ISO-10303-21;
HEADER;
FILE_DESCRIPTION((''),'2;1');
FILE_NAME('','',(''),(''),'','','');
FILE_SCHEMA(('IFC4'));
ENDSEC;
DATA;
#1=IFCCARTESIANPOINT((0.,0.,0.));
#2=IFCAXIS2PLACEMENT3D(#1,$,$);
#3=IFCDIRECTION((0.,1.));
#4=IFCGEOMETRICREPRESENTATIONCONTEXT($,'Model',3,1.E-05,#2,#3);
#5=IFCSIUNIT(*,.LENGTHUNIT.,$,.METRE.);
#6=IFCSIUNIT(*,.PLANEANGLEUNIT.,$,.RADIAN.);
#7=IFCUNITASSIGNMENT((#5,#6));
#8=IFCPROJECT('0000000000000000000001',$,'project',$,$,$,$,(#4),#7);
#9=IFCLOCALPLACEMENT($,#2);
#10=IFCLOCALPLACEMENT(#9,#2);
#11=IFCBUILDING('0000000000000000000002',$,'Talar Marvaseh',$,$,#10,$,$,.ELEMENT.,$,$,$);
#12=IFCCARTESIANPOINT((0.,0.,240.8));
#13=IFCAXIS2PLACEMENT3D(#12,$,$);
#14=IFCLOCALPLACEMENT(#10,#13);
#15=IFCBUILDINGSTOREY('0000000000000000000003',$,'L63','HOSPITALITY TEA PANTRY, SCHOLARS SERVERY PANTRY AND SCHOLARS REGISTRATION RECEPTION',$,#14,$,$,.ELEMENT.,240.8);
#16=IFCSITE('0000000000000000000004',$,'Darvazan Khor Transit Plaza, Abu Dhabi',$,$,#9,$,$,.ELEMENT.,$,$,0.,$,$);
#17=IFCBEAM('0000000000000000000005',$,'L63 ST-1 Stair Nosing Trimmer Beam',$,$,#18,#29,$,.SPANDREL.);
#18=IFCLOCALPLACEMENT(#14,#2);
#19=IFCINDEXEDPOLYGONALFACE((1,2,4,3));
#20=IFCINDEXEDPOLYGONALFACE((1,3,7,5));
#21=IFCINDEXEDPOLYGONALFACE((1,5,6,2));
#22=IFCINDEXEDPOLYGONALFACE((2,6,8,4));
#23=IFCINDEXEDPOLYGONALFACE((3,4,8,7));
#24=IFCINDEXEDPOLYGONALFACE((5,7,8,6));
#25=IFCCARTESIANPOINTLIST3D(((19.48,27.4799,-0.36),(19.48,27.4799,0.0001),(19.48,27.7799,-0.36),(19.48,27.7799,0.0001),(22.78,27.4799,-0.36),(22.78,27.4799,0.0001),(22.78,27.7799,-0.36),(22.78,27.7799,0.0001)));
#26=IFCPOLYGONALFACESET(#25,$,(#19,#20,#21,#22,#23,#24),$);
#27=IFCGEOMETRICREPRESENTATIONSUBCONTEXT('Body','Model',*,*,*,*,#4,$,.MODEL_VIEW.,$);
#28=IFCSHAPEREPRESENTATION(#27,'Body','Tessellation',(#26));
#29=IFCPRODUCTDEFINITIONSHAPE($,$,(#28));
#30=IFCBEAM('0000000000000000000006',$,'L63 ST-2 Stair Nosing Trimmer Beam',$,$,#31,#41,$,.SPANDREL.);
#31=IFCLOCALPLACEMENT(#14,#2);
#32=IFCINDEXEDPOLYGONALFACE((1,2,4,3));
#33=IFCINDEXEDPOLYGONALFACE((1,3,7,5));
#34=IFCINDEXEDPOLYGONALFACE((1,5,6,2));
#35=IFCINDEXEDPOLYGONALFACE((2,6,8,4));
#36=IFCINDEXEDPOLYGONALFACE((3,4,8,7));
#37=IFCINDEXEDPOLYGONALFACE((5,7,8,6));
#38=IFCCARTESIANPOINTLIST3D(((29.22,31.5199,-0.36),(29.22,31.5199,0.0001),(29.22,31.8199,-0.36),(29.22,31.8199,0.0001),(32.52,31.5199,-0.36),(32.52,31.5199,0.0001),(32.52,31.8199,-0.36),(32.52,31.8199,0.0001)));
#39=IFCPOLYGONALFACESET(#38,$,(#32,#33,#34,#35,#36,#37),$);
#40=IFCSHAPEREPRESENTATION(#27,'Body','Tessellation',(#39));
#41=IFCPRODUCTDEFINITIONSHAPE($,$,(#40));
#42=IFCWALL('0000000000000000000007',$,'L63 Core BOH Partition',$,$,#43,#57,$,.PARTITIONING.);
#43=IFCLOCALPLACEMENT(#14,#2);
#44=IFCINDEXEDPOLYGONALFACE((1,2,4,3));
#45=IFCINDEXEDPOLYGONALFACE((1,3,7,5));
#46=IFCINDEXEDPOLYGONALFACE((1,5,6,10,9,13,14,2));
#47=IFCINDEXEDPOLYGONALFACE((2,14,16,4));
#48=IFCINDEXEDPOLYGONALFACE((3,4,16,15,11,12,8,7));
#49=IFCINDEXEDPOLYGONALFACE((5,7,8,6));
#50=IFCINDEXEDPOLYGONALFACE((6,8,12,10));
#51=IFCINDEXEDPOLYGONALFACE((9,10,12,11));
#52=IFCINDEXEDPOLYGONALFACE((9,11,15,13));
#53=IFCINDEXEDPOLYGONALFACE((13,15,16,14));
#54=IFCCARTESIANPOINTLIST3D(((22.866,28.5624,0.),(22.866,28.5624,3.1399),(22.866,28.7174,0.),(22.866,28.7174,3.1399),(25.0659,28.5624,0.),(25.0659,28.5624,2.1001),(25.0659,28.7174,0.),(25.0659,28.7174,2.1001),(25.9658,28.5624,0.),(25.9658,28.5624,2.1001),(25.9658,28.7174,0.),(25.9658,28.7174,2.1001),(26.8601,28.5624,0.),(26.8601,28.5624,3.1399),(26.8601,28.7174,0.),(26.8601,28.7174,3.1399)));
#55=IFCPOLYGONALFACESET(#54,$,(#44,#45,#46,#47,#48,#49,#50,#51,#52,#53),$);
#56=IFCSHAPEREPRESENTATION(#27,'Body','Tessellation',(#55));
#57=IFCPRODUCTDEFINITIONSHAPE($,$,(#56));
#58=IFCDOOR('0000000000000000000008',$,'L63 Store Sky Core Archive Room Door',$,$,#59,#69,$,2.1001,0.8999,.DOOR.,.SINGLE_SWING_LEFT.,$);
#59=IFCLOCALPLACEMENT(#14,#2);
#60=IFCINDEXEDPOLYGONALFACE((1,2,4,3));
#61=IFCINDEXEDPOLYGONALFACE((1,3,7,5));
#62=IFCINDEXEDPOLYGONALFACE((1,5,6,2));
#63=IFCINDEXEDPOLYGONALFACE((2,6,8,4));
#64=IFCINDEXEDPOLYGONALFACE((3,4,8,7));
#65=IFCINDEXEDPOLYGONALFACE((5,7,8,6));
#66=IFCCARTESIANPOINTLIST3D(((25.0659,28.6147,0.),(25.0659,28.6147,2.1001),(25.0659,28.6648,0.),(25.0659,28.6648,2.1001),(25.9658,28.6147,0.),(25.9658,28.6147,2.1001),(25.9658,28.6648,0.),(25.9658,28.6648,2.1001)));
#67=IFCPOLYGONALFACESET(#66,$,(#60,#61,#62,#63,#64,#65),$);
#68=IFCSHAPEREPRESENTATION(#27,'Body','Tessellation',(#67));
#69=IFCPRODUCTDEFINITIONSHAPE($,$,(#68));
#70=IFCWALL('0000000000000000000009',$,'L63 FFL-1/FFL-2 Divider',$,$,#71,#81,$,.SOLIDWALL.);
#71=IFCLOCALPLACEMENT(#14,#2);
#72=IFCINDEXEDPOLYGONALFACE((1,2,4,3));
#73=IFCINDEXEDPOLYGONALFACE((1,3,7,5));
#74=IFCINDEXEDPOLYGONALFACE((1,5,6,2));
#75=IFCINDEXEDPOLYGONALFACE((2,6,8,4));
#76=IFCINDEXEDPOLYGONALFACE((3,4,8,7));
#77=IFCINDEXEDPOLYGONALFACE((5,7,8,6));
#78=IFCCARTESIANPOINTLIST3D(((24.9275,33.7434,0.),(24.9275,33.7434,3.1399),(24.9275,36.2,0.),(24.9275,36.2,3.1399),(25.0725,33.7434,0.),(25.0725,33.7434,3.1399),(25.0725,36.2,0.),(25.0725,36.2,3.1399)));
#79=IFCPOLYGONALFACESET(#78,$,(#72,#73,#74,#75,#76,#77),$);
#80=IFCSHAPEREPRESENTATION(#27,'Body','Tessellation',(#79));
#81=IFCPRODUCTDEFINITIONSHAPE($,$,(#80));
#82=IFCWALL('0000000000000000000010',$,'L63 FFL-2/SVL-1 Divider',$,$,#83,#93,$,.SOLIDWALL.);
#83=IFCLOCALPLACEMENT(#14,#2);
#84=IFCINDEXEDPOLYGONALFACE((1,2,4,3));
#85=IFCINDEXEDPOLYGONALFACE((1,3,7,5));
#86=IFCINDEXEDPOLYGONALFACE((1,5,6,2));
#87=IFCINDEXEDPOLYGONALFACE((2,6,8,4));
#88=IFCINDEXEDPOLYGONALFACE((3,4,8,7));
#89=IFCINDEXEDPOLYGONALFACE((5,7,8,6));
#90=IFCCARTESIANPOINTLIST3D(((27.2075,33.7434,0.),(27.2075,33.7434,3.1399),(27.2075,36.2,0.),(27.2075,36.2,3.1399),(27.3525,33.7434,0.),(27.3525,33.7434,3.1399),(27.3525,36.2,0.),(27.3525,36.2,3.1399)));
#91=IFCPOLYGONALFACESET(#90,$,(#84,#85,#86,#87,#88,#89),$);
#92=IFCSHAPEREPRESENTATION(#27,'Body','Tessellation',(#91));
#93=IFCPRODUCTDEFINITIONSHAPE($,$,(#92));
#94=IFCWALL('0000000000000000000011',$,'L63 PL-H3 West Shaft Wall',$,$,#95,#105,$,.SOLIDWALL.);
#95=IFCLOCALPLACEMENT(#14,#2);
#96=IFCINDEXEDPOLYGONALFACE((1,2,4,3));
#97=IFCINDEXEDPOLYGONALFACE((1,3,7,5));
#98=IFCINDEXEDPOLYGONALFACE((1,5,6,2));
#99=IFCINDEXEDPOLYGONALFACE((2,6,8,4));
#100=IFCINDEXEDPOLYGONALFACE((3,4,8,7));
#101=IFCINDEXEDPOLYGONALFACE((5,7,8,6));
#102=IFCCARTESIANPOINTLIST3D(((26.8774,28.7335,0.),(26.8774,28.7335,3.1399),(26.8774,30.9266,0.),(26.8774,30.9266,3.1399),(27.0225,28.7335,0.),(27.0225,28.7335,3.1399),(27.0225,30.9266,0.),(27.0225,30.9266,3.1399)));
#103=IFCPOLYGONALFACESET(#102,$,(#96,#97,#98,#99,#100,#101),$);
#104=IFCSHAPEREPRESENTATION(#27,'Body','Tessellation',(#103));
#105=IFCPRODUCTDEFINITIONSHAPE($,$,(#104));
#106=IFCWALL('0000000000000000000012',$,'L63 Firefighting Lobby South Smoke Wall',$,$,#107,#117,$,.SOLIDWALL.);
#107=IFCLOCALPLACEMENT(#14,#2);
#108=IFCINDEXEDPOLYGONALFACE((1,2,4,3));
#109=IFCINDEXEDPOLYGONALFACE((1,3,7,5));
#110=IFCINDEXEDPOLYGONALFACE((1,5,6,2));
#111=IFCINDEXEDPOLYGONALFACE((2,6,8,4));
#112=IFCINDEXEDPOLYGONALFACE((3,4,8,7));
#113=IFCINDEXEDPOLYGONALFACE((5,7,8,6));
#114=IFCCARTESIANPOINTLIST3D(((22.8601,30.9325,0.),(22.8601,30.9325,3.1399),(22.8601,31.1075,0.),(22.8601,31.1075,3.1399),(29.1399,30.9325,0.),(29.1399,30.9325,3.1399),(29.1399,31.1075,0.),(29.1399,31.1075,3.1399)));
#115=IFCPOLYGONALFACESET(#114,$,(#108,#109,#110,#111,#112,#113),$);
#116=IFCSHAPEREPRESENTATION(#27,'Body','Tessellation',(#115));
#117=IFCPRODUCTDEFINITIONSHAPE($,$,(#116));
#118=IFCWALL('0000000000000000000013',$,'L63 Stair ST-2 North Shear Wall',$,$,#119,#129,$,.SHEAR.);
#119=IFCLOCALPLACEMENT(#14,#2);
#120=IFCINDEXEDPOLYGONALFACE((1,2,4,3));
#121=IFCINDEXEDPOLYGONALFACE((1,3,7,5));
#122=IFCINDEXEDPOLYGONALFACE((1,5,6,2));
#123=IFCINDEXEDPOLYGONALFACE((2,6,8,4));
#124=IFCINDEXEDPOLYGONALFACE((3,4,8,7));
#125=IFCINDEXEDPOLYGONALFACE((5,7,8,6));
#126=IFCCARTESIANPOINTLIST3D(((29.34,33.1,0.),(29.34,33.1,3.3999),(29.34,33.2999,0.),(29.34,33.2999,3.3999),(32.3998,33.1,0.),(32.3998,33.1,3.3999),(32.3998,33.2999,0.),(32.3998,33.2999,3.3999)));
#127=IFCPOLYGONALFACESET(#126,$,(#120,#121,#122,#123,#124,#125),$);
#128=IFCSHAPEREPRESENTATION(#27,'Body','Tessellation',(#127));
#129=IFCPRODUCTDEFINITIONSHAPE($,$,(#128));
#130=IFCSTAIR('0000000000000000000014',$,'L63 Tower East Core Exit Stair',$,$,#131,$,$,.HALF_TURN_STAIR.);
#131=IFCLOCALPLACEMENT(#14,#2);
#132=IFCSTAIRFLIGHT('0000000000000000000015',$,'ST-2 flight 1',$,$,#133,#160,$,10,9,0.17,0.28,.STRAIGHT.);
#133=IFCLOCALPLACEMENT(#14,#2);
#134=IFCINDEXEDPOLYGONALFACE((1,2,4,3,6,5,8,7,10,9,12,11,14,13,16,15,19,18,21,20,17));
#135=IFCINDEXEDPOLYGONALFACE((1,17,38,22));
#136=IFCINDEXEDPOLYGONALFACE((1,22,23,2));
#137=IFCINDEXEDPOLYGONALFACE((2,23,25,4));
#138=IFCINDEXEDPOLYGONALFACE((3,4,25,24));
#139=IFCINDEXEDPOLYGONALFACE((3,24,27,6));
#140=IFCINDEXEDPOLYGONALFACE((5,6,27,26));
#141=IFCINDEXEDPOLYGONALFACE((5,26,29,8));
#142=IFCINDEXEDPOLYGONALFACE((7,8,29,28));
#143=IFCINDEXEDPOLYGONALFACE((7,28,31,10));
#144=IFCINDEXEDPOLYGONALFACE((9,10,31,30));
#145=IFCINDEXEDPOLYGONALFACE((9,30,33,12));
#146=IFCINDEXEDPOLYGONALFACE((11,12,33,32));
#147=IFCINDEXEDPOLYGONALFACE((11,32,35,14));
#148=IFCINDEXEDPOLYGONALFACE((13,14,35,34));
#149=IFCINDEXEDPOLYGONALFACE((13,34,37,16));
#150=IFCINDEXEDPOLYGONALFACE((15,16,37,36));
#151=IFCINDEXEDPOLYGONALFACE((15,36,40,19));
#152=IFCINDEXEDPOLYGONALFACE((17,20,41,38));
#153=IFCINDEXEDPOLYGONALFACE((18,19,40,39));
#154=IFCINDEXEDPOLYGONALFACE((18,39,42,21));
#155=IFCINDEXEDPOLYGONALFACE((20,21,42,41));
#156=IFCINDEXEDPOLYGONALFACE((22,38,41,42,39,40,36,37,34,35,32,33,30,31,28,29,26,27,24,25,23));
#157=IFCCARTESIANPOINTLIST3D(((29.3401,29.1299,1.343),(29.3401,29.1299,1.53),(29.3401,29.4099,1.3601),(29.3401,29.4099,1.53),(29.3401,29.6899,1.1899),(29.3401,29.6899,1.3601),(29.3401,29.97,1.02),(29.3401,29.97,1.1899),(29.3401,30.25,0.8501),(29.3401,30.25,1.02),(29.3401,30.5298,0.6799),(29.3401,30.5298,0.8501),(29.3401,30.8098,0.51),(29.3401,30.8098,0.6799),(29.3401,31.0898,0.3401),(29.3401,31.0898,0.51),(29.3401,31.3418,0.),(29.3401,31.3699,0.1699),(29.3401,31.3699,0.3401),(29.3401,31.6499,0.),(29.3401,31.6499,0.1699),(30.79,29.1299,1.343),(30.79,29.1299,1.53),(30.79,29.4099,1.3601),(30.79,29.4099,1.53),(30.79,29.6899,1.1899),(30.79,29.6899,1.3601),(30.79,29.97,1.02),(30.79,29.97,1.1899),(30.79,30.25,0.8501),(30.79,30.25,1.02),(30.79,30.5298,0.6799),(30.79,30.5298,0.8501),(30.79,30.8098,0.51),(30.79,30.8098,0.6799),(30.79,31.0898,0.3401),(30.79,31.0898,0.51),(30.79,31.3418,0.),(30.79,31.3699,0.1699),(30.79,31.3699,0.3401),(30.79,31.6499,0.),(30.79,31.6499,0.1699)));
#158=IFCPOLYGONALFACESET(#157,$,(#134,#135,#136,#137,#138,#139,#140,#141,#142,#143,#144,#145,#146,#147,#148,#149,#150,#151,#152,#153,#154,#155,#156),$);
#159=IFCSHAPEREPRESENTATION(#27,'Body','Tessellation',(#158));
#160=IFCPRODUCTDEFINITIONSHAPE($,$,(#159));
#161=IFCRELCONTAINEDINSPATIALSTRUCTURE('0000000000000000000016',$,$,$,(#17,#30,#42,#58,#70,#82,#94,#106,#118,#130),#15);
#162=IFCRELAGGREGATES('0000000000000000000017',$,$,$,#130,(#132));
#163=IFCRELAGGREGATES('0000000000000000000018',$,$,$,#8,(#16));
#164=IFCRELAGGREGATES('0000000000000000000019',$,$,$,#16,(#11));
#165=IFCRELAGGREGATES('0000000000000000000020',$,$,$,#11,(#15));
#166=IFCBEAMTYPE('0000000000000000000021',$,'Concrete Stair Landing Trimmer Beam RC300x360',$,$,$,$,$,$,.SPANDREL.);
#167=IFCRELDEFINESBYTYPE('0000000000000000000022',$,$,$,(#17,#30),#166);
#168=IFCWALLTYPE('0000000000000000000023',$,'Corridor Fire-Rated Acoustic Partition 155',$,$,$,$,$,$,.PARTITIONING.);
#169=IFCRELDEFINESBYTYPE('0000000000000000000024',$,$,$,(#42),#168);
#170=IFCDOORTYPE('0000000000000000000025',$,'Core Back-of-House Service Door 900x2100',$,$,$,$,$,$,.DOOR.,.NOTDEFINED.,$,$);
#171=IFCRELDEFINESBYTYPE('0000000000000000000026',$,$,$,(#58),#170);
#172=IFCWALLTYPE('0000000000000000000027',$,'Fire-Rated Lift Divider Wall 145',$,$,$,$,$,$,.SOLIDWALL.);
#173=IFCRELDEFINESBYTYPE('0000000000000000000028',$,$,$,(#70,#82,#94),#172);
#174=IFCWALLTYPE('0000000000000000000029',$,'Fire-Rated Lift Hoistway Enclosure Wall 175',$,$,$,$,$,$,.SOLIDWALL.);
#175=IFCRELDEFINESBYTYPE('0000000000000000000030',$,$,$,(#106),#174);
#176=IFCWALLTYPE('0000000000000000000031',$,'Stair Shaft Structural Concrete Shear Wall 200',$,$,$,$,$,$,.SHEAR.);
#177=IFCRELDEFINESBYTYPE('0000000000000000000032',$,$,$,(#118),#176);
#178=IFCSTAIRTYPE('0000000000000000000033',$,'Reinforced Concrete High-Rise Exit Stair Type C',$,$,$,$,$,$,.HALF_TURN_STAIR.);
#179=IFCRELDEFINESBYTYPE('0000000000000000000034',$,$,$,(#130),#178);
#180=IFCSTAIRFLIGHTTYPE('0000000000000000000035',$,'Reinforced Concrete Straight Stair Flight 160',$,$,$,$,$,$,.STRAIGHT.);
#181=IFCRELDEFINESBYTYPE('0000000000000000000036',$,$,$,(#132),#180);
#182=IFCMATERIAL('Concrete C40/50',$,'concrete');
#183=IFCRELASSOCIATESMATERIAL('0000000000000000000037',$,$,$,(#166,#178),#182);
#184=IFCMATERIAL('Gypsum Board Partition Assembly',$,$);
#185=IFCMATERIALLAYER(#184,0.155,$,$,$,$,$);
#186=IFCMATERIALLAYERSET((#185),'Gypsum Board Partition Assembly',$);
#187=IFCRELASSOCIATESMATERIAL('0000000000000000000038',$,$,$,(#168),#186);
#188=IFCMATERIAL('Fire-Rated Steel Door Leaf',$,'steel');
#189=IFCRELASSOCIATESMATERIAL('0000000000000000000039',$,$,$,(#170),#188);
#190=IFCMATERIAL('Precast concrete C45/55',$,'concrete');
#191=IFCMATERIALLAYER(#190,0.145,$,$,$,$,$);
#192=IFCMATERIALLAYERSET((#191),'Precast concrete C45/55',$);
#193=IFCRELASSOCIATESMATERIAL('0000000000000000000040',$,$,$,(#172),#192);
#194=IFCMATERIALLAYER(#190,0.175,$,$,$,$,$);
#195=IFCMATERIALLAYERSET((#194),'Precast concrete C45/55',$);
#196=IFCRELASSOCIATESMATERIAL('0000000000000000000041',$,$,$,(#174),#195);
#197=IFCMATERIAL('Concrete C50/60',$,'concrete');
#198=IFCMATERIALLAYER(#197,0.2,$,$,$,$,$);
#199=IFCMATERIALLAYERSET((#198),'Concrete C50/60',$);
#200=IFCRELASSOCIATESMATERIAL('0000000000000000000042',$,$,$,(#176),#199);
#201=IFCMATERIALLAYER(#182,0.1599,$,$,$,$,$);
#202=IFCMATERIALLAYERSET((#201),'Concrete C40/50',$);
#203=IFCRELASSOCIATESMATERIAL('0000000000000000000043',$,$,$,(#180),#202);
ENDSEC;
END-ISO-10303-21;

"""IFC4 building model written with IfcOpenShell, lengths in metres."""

from ifc_helpers import new_model, si_unit, direction, frame, frame_2d, origin, origin_2d, place, context, subcontext, project, spatial, polyline, rectangle, outline, extrude, source, transform, mapped, material, layer, layer_set, material_profile, profile_set, type_object, type_shapes, element, fill, aggregate, save


model = new_model("IFC4")

# Units and contexts
model_context = context("Model", 3, precision=1e-05, world=origin(), true_north=direction((0.0, 1.0)))
body_context = subcontext(model_context, "Body", "Model", "MODEL_VIEW")
ifc_project = project(units=[si_unit("LENGTHUNIT", "METRE"), si_unit("PLANEANGLEUNIT", "RADIAN")], contexts=[model_context])

# Site, building, storey
site_placement = place(None, origin())
site = spatial("IfcSite", under=ifc_project, at=site_placement, Name="Darvazan Khor Transit Plaza, Abu Dhabi", CompositionType="ELEMENT", RefElevation=0.0)
building_placement = place(site_placement, origin())
building = spatial("IfcBuilding", under=site, at=building_placement, Name="Talar Marvaseh", CompositionType="ELEMENT")
storey_placement = place(building_placement, frame((0.0, 0.0, 240.8)))
storey = spatial("IfcBuildingStorey", under=building, at=storey_placement, Name="L63", Description="HOSPITALITY TEA PANTRY, SCHOLARS SERVERY PANTRY AND SCHOLARS REGISTRATION RECEPTION", CompositionType="ELEMENT", Elevation=240.8)

# Beams
ifc_material_1 = material(Name="Concrete C40/50", Category="concrete")
ifc_material_profile = material_profile(ifc_material_1, rectangle(XDim=0.3, YDim=0.3601, at=origin_2d()), Name="RC300x360")
ifc_profile_set = profile_set([ifc_material_profile], Name="Concrete C40/50")
beam_type = type_object("IfcBeamType", Name="Concrete Stair Landing Trimmer Beam RC300x360", PredefinedType="SPANDREL", material=ifc_profile_set)
for number, where, z_axis, x_axis, name in (
    (1, (22.78, 27.6299, -0.1799), (-1.0, 0.0, 0.0), (0.0, -1.0, 0.0), "L63 ST-1 Stair Nosing Trimmer Beam"),
    (2, (29.22, 31.6699, -0.1799), (1.0, 0.0, 0.0), (0.0, 1.0, 0.0), "L63 ST-2 Stair Nosing Trimmer Beam"),
):
    element("IfcBeam", number, at=place(storey_placement, frame(where, z_axis=z_axis, x_axis=x_axis)), inside=storey, type_object=beam_type, Name=name, PredefinedType="SPANDREL", context=body_context, shape_type="SweptSolid", body=[
        extrude(rectangle(XDim=0.3, YDim=0.3601, at=origin_2d()), origin(), (0.0, 0.0, 1.0), 3.3),
    ])

# Wall, opening, door
ifc_material_2 = material(Name="Gypsum Board Partition Assembly")
ifc_layer_1 = layer(ifc_material_2, 0.155)
ifc_layer_set_1 = layer_set([ifc_layer_1], Name="Gypsum Board Partition Assembly")
wall_type_1 = type_object("IfcWallType", Name="Corridor Fire-Rated Acoustic Partition 155", PredefinedType="PARTITIONING", material=ifc_layer_set_1)
wall_1_placement = place(storey_placement, frame((22.866, 28.6399, 0.0), z_axis=(0.0, 0.0, 1.0), x_axis=(1.0, 0.0, 0.0)))
wall_1 = element("IfcWall", 3, at=wall_1_placement, inside=storey, type_object=wall_type_1, Name="L63 Core BOH Partition", PredefinedType="PARTITIONING", context=body_context, shape_type="SweptSolid", body=[
    extrude(rectangle(XDim=3.9941, YDim=0.155, at=frame_2d((1.9971, 0.0))), origin(), (0.0, 0.0, 1.0), 3.1399),
])
opening_1_placement = place(wall_1_placement, frame((2.2, 0.0, 0.0)))
opening_1 = element("IfcOpeningElement", 4, at=opening_1_placement, cuts=wall_1, PredefinedType="OPENING", context=body_context, shape_type="SweptSolid", body=[
    extrude(rectangle(XDim=0.8999, YDim=2.1001, at=frame_2d((0.45, 1.05))), frame((0.0, 0.0874, 0.0), z_axis=(0.0, -1.0, 0.0), x_axis=(1.0, 0.0, 0.0)), (0.0, 0.0, 1.0), 0.175),
])
ifc_material_3 = material(Name="Fire-Rated Steel Door Leaf", Category="steel")
door_type_1 = type_object("IfcDoorType", Name="Core Back-of-House Service Door 900x2100", OperationType="NOTDEFINED", PredefinedType="DOOR", material=ifc_material_3)
shared_shape_1 = source(origin(), body_context, "Body", "SweptSolid", [
    extrude(rectangle(XDim=0.8999, YDim=2.1001, at=frame_2d((0.45, 1.05))), frame((0.0, 0.0249, 0.0), z_axis=(0.0, -1.0, 0.0), x_axis=(1.0, 0.0, 0.0)), (0.0, 0.0, 1.0), 0.05),
])
type_shapes(door_type_1, [shared_shape_1])
door_1_placement = place(opening_1_placement, origin())
door_1 = element("IfcDoor", 5, at=door_1_placement, inside=storey, type_object=door_type_1, Name="L63 Store Sky Core Archive Room Door", OperationType="SINGLE_SWING_LEFT", OverallHeight=2.1001, OverallWidth=0.8999, PredefinedType="DOOR", context=body_context, shape_type="MappedRepresentation", body=[
    mapped(shared_shape_1, transform((0.0, 0.0, 0.0), x_axis=(1.0, 0.0, 0.0), y_axis=(0.0, 1.0, 0.0), z_axis=(0.0, 0.0, 1.0), scale=1.0)),
])
fill(opening_1, door_1)

# Walls
ifc_material_4 = material(Name="Precast concrete C45/55", Category="concrete")
ifc_layer_2 = layer(ifc_material_4, 0.145)
ifc_layer_set_2 = layer_set([ifc_layer_2], Name="Precast concrete C45/55")
wall_type_2 = type_object("IfcWallType", Name="Fire-Rated Lift Divider Wall 145", PredefinedType="SOLIDWALL", material=ifc_layer_set_2)
for number, where, z_axis, x_axis, name in (
    (6, (25.0, 33.7434, 0.0), (0.0, 0.0, 1.0), (0.0, 1.0, 0.0), "L63 FFL-1/FFL-2 Divider"),
    (7, (27.28, 33.7434, 0.0), (0.0, 0.0, 1.0), (0.0, 1.0, 0.0), "L63 FFL-2/SVL-1 Divider"),
):
    element("IfcWall", number, at=place(storey_placement, frame(where, z_axis=z_axis, x_axis=x_axis)), inside=storey, type_object=wall_type_2, Name=name, PredefinedType="SOLIDWALL", context=body_context, shape_type="SweptSolid", body=[
        extrude(rectangle(XDim=2.4565, YDim=0.145, at=frame_2d((1.2283, 0.0))), origin(), (0.0, 0.0, 1.0), 3.1399),
    ])
wall_2_placement = place(storey_placement, frame((26.95, 28.7334, 0.0), z_axis=(0.0, 0.0, 1.0), x_axis=(0.0, 1.0, 0.0)))
element("IfcWall", 8, at=wall_2_placement, inside=storey, type_object=wall_type_2, Name="L63 PL-H3 West Shaft Wall", PredefinedType="SOLIDWALL", context=body_context, shape_type="SweptSolid", body=[
    extrude(rectangle(XDim=2.1931, YDim=0.145, at=frame_2d((1.0967, 0.0))), origin(), (0.0, 0.0, 1.0), 3.1399),
])

# Shared definitions
ifc_layer_3 = layer(ifc_material_4, 0.175)
ifc_layer_set_3 = layer_set([ifc_layer_3], Name="Precast concrete C45/55")
wall_type_3 = type_object("IfcWallType", Name="Fire-Rated Lift Hoistway Enclosure Wall 175", PredefinedType="SOLIDWALL", material=ifc_layer_set_3)

# Wall
wall_3_placement = place(storey_placement, frame((22.8601, 31.02, 0.0), z_axis=(0.0, 0.0, 1.0), x_axis=(1.0, 0.0, 0.0)))
element("IfcWall", 9, at=wall_3_placement, inside=storey, type_object=wall_type_3, Name="L63 Firefighting Lobby South Smoke Wall", PredefinedType="SOLIDWALL", context=body_context, shape_type="SweptSolid", body=[
    extrude(rectangle(XDim=6.2798, YDim=0.175, at=frame_2d((3.1399, 0.0))), origin(), (0.0, 0.0, 1.0), 3.1399),
])

# Wall
ifc_material_5 = material(Name="Concrete C50/60", Category="concrete")
ifc_layer_4 = layer(ifc_material_5, 0.2)
ifc_layer_set_4 = layer_set([ifc_layer_4], Name="Concrete C50/60")
wall_type_4 = type_object("IfcWallType", Name="Stair Shaft Structural Concrete Shear Wall 200", PredefinedType="SHEAR", material=ifc_layer_set_4)
wall_4_placement = place(storey_placement, frame((29.3401, 33.2, 0.0), z_axis=(0.0, 0.0, 1.0), x_axis=(1.0, 0.0, 0.0)))
element("IfcWall", 10, at=wall_4_placement, inside=storey, type_object=wall_type_4, Name="L63 Stair ST-2 North Shear Wall", PredefinedType="SHEAR", context=body_context, shape_type="SweptSolid", body=[
    extrude(rectangle(XDim=3.0598, YDim=0.2, at=frame_2d((1.5298, 0.0))), origin(), (0.0, 0.0, 1.0), 3.3999),
])

# Stair, stair flight
stair_type = type_object("IfcStairType", Name="Reinforced Concrete High-Rise Exit Stair Type C", PredefinedType="HALF_TURN_STAIR", material=ifc_material_1)
stair_placement = place(storey_placement, origin())
stair = element("IfcStair", 11, at=stair_placement, inside=storey, type_object=stair_type, Name="L63 Tower East Core Exit Stair", PredefinedType="HALF_TURN_STAIR")
ifc_layer_5 = layer(ifc_material_1, 0.1599)
ifc_layer_set_5 = layer_set([ifc_layer_5], Name="Concrete C40/50")
stair_flight_type = type_object("IfcStairFlightType", Name="Reinforced Concrete Straight Stair Flight 160", PredefinedType="STRAIGHT", material=ifc_layer_set_5)
stair_flight_1_placement = place(storey_placement, frame((30.0649, 31.6499, 0.0), z_axis=(0.0, 0.0, 1.0), x_axis=(0.0, -1.0, 0.0)))
stair_flight_1 = element("IfcStairFlight", 12, at=stair_flight_1_placement, type_object=stair_flight_type, Name="ST-2 flight 1", NumberOfRisers=10, NumberOfTreads=9, PredefinedType="STRAIGHT", RiserHeight=0.17, TreadLength=0.28, context=body_context, shape_type="SweptSolid", body=[
    extrude(outline(polyline([(0.0, 0.0), (0.0, 0.1699), (0.28, 0.1699), (0.28, 0.3401), (0.5601, 0.3401), (0.5601, 0.51), (0.8401, 0.51), (0.8401, 0.6799), (1.1201, 0.6799), (1.1201, 0.8501), (1.3999, 0.8501), (1.3999, 1.02), (1.6799, 1.02), (1.6799, 1.1899), (1.96, 1.1899), (1.96, 1.3601), (2.24, 1.3601), (2.24, 1.53), (2.52, 1.53), (2.52, 1.7), (2.52, 1.343), (0.3081, 0.0), (0.0, 0.0)])), frame((0.0, 0.7251, 0.0), z_axis=(0.0, -1.0, 0.0), x_axis=(1.0, 0.0, 0.0)), (0.0, 0.0, 1.0), 1.45),
])
aggregate(stair, [stair_flight_1])

save(model, "model.ifc")
